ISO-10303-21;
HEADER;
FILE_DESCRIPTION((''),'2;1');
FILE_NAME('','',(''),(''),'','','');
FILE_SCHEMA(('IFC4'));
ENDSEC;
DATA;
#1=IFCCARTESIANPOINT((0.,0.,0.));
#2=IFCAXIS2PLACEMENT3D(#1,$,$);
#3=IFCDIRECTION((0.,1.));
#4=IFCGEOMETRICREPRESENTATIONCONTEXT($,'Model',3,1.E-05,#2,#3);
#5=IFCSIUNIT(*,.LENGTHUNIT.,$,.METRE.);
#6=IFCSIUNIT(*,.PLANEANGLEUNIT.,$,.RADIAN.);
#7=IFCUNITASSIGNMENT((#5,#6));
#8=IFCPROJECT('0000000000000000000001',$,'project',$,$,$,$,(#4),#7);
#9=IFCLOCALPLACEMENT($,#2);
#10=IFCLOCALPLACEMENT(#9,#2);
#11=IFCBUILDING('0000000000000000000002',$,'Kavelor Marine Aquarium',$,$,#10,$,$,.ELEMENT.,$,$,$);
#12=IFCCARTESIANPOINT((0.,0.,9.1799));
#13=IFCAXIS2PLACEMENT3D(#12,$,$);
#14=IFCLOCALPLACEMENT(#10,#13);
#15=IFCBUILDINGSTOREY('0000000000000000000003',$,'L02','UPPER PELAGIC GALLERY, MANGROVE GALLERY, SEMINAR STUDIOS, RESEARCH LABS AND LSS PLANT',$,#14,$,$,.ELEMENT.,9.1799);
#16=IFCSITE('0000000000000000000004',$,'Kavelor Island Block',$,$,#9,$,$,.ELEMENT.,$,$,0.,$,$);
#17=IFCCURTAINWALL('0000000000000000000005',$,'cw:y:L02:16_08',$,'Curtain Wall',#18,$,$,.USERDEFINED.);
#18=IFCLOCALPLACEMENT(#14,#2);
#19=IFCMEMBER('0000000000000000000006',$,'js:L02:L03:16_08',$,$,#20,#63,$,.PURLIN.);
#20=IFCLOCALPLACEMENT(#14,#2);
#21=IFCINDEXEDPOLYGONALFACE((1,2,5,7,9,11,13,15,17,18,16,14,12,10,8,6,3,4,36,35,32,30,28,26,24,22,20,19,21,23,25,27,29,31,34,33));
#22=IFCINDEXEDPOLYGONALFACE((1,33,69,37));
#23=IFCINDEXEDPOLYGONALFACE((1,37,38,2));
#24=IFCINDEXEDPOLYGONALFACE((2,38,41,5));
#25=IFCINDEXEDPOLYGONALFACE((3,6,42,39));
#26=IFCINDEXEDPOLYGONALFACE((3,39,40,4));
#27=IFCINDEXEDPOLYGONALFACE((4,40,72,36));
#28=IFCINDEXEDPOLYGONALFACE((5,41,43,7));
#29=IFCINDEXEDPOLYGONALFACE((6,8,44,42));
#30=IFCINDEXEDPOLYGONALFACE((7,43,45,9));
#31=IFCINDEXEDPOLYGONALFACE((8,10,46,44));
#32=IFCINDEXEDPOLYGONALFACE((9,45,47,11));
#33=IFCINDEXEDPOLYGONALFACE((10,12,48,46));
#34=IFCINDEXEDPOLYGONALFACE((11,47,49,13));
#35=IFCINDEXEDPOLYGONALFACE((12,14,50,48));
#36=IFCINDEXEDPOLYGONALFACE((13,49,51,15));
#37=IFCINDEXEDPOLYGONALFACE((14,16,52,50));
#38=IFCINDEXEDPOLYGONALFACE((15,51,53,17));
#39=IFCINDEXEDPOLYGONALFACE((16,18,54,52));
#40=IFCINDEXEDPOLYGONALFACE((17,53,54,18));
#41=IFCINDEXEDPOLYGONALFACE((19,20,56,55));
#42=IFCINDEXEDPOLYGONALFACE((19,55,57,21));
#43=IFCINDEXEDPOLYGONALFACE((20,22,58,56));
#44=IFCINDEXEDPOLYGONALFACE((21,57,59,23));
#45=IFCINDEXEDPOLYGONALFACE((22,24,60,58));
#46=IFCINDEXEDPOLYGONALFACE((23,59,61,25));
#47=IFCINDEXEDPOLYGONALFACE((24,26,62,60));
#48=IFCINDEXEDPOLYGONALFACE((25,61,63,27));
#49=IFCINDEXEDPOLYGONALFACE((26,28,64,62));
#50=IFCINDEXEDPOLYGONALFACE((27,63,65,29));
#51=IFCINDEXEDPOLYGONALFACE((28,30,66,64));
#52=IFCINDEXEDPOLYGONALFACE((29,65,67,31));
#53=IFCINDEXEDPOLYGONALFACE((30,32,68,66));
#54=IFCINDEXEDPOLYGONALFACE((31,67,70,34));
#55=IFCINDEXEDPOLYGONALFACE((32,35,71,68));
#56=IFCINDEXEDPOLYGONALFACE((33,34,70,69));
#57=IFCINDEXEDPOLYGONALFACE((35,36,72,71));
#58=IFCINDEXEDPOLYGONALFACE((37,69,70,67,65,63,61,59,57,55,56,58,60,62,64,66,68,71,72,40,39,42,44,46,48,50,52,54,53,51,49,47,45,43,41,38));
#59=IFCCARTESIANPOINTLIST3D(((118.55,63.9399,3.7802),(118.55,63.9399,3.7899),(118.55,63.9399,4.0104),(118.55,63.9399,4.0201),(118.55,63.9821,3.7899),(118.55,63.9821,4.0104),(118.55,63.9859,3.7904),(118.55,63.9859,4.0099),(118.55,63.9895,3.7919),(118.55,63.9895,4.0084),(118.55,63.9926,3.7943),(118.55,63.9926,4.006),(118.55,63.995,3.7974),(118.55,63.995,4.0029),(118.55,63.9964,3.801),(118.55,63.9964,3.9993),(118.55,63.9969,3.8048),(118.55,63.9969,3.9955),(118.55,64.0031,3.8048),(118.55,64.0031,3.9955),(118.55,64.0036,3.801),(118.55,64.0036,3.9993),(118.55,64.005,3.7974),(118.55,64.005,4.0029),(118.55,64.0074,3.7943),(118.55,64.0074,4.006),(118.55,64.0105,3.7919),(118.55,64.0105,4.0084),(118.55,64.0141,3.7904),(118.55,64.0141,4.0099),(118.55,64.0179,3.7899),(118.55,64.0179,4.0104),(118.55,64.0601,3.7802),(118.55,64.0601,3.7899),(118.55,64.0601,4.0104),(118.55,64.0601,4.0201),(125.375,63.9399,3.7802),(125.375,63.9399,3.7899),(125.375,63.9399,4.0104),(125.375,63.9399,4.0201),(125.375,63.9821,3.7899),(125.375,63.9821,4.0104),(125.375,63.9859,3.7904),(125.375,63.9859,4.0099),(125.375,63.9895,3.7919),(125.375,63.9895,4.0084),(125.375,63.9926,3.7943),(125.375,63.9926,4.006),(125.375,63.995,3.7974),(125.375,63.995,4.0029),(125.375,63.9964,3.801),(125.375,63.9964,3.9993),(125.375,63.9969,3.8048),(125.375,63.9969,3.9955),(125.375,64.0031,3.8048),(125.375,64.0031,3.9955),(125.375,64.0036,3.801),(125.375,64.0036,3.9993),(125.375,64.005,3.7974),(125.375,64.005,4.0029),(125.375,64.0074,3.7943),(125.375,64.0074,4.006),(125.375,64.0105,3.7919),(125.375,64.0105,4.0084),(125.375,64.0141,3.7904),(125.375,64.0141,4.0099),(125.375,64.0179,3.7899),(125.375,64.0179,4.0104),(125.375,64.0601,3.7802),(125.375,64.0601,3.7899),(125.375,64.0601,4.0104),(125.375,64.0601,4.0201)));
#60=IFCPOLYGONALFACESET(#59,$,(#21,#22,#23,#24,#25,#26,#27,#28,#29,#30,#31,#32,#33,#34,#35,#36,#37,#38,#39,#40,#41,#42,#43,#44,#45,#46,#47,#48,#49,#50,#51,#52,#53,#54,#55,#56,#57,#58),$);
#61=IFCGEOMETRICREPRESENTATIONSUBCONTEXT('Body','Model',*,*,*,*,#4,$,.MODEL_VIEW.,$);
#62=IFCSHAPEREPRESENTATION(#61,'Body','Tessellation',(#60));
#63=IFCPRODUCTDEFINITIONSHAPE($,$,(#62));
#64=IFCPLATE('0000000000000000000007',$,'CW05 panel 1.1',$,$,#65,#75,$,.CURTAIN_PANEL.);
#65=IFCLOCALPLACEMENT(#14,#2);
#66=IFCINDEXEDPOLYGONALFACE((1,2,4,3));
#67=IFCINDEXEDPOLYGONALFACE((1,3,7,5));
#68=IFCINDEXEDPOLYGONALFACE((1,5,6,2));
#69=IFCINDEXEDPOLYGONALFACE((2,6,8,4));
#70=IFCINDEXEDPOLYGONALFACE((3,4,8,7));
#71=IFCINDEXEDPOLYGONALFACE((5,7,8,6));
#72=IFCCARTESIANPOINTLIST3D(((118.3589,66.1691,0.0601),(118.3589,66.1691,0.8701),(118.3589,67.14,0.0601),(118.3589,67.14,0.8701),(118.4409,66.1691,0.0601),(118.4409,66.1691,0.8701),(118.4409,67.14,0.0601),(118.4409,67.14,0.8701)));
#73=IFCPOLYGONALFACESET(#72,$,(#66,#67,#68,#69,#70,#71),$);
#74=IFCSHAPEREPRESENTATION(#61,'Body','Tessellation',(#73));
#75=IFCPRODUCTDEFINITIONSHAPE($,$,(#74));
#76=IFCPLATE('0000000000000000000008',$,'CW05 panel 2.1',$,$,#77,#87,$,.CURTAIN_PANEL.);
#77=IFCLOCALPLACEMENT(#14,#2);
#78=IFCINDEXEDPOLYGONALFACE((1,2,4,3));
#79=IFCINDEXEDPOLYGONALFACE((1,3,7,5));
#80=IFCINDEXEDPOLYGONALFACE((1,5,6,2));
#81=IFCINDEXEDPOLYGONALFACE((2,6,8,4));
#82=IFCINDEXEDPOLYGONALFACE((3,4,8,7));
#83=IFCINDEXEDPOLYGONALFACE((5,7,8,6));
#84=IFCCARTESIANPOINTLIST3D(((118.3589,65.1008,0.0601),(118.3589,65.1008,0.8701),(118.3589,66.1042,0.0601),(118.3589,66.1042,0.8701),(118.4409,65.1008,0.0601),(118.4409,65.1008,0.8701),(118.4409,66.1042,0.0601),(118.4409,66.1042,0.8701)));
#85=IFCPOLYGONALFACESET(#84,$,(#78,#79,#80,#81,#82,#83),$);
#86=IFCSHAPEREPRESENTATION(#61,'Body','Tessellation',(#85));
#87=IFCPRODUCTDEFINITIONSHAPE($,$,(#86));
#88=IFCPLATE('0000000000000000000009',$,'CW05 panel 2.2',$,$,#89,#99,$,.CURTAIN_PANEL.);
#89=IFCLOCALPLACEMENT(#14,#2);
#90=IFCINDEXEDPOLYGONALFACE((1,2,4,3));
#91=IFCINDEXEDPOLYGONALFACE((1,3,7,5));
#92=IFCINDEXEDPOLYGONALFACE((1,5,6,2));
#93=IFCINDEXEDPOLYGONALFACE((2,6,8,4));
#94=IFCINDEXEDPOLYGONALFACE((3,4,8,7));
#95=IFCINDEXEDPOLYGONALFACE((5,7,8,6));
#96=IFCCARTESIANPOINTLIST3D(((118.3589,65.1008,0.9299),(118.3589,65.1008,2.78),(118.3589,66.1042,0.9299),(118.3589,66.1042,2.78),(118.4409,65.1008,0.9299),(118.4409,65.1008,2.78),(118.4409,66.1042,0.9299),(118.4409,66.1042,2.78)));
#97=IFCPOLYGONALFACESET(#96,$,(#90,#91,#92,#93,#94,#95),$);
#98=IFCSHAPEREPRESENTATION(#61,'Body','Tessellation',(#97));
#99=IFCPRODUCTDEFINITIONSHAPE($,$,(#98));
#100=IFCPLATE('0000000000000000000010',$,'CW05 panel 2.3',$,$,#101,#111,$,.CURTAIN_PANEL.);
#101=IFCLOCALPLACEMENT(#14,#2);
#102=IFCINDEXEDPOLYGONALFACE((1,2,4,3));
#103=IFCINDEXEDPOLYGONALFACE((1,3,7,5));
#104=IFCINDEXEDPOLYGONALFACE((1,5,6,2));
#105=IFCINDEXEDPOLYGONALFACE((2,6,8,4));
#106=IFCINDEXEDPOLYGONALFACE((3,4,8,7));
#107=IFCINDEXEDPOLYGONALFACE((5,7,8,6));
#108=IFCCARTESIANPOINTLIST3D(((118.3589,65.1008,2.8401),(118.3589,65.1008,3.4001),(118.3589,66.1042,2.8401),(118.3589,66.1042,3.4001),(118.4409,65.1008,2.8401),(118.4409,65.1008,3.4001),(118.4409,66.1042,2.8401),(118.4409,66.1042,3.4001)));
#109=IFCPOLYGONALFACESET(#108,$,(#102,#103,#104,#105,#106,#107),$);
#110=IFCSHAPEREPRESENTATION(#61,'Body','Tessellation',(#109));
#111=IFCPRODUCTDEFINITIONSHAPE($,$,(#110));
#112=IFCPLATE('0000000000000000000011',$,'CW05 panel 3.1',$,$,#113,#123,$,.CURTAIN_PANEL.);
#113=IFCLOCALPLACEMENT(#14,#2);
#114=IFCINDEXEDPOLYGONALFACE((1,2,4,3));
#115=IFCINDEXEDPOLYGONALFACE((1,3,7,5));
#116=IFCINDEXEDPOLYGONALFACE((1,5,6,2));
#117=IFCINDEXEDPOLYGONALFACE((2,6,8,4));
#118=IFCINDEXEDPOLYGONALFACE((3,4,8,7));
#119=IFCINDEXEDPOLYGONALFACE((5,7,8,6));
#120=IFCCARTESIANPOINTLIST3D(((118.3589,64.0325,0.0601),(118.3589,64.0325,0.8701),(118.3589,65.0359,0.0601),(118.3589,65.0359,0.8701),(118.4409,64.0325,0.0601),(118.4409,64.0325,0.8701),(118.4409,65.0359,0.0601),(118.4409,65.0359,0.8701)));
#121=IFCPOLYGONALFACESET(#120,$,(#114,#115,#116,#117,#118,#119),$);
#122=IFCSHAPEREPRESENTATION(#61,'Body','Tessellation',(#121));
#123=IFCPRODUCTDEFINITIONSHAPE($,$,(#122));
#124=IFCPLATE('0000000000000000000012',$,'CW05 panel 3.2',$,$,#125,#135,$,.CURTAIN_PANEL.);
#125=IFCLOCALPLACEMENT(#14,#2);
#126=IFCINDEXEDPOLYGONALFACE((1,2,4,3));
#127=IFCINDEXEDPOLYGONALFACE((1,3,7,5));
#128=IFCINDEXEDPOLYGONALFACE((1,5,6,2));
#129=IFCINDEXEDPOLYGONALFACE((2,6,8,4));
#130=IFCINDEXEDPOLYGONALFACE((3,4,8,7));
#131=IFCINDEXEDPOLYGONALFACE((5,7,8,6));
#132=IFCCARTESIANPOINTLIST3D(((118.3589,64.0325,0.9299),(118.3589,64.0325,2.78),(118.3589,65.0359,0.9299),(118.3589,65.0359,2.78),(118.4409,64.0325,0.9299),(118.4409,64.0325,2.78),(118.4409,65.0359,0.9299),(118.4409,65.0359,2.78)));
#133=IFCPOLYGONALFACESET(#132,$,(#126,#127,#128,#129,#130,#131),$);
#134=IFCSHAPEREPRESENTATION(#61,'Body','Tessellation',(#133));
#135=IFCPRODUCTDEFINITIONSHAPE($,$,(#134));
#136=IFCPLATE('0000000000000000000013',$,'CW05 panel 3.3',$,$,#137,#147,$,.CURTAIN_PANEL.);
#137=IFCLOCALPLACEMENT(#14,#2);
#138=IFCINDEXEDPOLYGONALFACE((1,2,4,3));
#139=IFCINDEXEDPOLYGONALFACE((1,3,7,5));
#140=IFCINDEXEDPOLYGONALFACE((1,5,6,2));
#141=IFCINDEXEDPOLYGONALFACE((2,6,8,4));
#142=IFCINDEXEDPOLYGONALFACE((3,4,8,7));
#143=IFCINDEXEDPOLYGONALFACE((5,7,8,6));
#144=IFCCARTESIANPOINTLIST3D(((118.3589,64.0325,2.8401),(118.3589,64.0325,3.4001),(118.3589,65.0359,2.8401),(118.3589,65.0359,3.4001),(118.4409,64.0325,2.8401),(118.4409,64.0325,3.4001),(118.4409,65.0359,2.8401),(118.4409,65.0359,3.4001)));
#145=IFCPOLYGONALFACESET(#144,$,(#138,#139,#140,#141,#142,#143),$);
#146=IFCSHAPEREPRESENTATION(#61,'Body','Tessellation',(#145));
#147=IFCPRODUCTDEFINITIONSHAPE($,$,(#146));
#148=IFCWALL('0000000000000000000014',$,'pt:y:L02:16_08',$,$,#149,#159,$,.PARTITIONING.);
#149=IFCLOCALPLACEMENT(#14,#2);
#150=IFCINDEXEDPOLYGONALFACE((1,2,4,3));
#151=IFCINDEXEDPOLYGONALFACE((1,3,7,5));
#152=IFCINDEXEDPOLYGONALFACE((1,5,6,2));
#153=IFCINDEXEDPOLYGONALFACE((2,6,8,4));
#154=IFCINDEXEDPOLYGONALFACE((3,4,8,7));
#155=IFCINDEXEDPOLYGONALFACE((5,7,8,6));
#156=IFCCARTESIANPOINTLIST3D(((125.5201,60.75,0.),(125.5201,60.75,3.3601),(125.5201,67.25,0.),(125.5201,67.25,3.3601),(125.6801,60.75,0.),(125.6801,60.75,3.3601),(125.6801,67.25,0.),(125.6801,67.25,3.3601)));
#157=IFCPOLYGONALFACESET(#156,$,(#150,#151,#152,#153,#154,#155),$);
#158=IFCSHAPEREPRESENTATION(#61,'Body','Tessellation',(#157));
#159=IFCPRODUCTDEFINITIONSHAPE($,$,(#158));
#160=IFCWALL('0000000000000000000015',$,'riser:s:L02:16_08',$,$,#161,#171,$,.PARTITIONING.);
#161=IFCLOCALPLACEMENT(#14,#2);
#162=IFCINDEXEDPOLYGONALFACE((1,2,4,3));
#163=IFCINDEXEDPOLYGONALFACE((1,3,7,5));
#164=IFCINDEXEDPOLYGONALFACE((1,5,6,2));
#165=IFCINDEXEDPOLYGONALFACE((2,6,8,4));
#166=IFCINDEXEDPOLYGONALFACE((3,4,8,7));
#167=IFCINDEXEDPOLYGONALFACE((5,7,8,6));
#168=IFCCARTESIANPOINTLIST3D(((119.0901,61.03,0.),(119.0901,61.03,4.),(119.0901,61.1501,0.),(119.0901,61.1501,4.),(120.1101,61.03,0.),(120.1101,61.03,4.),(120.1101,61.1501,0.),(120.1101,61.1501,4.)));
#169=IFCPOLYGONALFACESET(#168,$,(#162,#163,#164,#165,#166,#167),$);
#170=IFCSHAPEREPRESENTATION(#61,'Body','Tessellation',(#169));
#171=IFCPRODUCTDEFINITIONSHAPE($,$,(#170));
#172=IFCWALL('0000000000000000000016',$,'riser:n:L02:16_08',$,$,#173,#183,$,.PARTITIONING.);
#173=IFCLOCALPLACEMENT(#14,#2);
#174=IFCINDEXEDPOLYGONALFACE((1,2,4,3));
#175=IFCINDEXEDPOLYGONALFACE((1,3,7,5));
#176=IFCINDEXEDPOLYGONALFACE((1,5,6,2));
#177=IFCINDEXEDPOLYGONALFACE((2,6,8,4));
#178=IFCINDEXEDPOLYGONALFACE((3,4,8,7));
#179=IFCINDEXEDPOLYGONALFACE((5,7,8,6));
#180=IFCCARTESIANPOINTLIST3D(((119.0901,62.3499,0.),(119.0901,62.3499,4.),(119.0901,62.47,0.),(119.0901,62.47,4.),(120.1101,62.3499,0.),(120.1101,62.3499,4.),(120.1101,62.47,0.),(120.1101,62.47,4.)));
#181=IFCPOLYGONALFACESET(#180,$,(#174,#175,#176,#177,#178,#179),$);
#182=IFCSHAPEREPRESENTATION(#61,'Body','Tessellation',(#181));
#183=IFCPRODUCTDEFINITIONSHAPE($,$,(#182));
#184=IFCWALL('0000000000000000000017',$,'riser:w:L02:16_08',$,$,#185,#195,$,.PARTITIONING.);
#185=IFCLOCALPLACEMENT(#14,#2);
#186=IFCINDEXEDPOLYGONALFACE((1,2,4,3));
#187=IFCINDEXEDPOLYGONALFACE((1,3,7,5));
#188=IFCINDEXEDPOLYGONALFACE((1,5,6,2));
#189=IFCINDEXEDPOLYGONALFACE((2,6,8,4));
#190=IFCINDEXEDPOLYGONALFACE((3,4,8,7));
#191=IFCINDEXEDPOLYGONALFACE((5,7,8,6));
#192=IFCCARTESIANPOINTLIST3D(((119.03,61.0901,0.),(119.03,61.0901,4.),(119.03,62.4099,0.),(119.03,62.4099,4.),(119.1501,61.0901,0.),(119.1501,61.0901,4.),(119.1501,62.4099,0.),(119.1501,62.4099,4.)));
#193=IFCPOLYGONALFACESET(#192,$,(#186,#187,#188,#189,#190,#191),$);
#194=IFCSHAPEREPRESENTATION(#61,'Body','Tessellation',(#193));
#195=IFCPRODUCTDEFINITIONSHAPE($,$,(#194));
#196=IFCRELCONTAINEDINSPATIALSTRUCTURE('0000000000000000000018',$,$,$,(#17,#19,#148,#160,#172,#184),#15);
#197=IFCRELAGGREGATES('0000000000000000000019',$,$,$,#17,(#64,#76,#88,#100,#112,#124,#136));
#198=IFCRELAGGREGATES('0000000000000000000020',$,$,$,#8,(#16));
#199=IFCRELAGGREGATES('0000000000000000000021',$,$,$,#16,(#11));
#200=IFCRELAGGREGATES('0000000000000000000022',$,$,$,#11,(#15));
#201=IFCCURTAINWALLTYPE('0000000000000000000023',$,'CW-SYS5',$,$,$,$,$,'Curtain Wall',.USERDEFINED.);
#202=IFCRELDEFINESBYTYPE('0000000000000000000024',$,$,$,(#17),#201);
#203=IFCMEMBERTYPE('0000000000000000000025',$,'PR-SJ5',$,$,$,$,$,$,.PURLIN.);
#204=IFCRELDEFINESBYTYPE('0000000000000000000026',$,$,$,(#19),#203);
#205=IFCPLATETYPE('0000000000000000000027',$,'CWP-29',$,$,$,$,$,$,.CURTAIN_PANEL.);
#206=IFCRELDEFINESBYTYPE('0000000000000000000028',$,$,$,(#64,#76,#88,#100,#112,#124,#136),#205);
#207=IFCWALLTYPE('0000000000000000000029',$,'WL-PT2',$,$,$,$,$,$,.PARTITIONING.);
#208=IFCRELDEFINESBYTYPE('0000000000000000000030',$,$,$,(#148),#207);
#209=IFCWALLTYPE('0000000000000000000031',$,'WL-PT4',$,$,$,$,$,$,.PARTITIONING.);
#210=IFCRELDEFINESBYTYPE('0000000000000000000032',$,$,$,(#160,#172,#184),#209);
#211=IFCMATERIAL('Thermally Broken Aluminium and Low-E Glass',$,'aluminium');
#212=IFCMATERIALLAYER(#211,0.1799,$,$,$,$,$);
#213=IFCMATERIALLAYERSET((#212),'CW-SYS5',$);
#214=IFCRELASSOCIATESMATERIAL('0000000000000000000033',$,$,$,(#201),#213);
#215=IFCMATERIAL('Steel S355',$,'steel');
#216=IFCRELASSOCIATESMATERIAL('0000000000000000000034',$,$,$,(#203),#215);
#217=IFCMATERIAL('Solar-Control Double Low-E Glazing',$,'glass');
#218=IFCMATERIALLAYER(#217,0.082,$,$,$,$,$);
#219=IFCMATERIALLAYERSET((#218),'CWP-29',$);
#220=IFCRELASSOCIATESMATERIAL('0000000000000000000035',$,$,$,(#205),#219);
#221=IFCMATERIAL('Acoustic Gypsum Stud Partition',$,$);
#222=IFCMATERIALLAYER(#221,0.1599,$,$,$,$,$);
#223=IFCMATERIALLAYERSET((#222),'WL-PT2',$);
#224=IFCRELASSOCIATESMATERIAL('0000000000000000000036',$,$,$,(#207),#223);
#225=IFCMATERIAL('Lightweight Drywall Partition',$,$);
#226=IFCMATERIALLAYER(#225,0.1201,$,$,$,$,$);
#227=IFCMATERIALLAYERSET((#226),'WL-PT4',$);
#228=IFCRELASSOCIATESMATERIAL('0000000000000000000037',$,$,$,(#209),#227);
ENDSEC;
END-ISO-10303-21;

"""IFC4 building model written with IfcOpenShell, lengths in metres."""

from ifc_helpers import new_model, si_unit, direction, frame, frame_2d, origin, origin_2d, place, context, subcontext, project, spatial, rectangle, i_section, extrude, material, layer, layer_set, material_profile, profile_set, type_object, element, aggregate, save


model = new_model("IFC4")

# Units and contexts
model_context = context("Model", 3, precision=1e-05, world=origin(), true_north=direction((0.0, 1.0)))
body_context = subcontext(model_context, "Body", "Model", "MODEL_VIEW")
ifc_project = project(units=[si_unit("LENGTHUNIT", "METRE"), si_unit("PLANEANGLEUNIT", "RADIAN")], contexts=[model_context])

# Site, building, storey
site_placement = place(None, origin())
site = spatial("IfcSite", under=ifc_project, at=site_placement, Name="Kavelor Island Block", CompositionType="ELEMENT", RefElevation=0.0)
building_placement = place(site_placement, origin())
building = spatial("IfcBuilding", under=site, at=building_placement, Name="Kavelor Marine Aquarium", CompositionType="ELEMENT")
storey_placement = place(building_placement, frame((0.0, 0.0, 9.1799)))
storey = spatial("IfcBuildingStorey", under=building, at=storey_placement, Name="L02", Description="UPPER PELAGIC GALLERY, MANGROVE GALLERY, SEMINAR STUDIOS, RESEARCH LABS AND LSS PLANT", CompositionType="ELEMENT", Elevation=9.1799)

# Curtain wall
ifc_material_1 = material(Name="Thermally Broken Aluminium and Low-E Glass", Category="aluminium")
ifc_layer_1 = layer(ifc_material_1, 0.1799)
ifc_layer_set_1 = layer_set([ifc_layer_1], Name="CW-SYS5")
curtain_wall_type = type_object("IfcCurtainWallType", Name="CW-SYS5", ElementType="Curtain Wall", PredefinedType="USERDEFINED", material=ifc_layer_set_1)
curtain_wall_placement = place(storey_placement, origin())
curtain_wall = element("IfcCurtainWall", 1, at=curtain_wall_placement, inside=storey, type_object=curtain_wall_type, Name="cw:y:L02:16_08", ObjectType="Curtain Wall", PredefinedType="USERDEFINED")

# Member
ifc_material_2 = material(Name="Steel S355", Category="steel")
ifc_material_profile_1 = material_profile(ifc_material_2, i_section(OverallWidth=0.1201, OverallDepth=0.24, WebThickness=0.0061, FlangeThickness=0.0098, FilletRadius=0.0149, at=origin_2d()), Name="IPE 240")
ifc_profile_set_1 = profile_set([ifc_material_profile_1], Name="Steel S355")
member_type_1 = type_object("IfcMemberType", Name="PR-SJ5", PredefinedType="PURLIN", material=ifc_profile_set_1)
member_1_placement = place(storey_placement, frame((118.55, 64.0, 3.9001), z_axis=(1.0, 0.0, 0.0), x_axis=(0.0, 1.0, 0.0)))
element("IfcMember", 2, at=member_1_placement, inside=storey, type_object=member_type_1, Name="js:L02:L03:16_08", PredefinedType="PURLIN", context=body_context, shape_type="SweptSolid", body=[
    extrude(i_section(OverallWidth=0.1201, OverallDepth=0.24, WebThickness=0.0061, FlangeThickness=0.0098, FilletRadius=0.0149, at=origin_2d()), origin(), (0.0, 0.0, 1.0), 6.825),
])

# Plates
ifc_material_3 = material(Name="Solar-Control Double Low-E Glazing", Category="glass")
ifc_layer_2 = layer(ifc_material_3, 0.082)
ifc_layer_set_2 = layer_set([ifc_layer_2], Name="CWP-29")
plate_type = type_object("IfcPlateType", Name="CWP-29", PredefinedType="CURTAIN_PANEL", material=ifc_layer_set_2)
plate_1_placement = place(storey_placement, frame((118.3999, 66.6545, 0.0601), z_axis=(0.0, 0.0, 1.0), x_axis=(0.0, -1.0, 0.0)))
plate_1 = element("IfcPlate", 3, at=plate_1_placement, type_object=plate_type, Name="CW05 panel 1.1", PredefinedType="CURTAIN_PANEL", context=body_context, shape_type="SweptSolid", body=[
    extrude(rectangle(XDim=0.9709, YDim=0.082, at=origin_2d()), origin(), (0.0, 0.0, 1.0), 0.8101),
])
plate_2_placement = place(storey_placement, frame((118.3999, 65.6025, 0.0601), z_axis=(0.0, 0.0, 1.0), x_axis=(0.0, -1.0, 0.0)))
plate_2 = element("IfcPlate", 4, at=plate_2_placement, type_object=plate_type, Name="CW05 panel 2.1", PredefinedType="CURTAIN_PANEL", context=body_context, shape_type="SweptSolid", body=[
    extrude(rectangle(XDim=1.0034, YDim=0.082, at=origin_2d()), origin(), (0.0, 0.0, 1.0), 0.8101),
])
plate_3_placement = place(storey_placement, frame((118.3999, 65.6025, 0.9299), z_axis=(0.0, 0.0, 1.0), x_axis=(0.0, -1.0, 0.0)))
plate_3 = element("IfcPlate", 5, at=plate_3_placement, type_object=plate_type, Name="CW05 panel 2.2", PredefinedType="CURTAIN_PANEL", context=body_context, shape_type="SweptSolid", body=[
    extrude(rectangle(XDim=1.0034, YDim=0.082, at=origin_2d()), origin(), (0.0, 0.0, 1.0), 1.8501),
])
plate_4_placement = place(storey_placement, frame((118.3999, 65.6025, 2.8401), z_axis=(0.0, 0.0, 1.0), x_axis=(0.0, -1.0, 0.0)))
plate_4 = element("IfcPlate", 6, at=plate_4_placement, type_object=plate_type, Name="CW05 panel 2.3", PredefinedType="CURTAIN_PANEL", context=body_context, shape_type="SweptSolid", body=[
    extrude(rectangle(XDim=1.0034, YDim=0.082, at=origin_2d()), origin(), (0.0, 0.0, 1.0), 0.5601),
])
plate_5_placement = place(storey_placement, frame((118.3999, 64.5342, 0.0601), z_axis=(0.0, 0.0, 1.0), x_axis=(0.0, -1.0, 0.0)))
plate_5 = element("IfcPlate", 7, at=plate_5_placement, type_object=plate_type, Name="CW05 panel 3.1", PredefinedType="CURTAIN_PANEL", context=body_context, shape_type="SweptSolid", body=[
    extrude(rectangle(XDim=1.0034, YDim=0.082, at=origin_2d()), origin(), (0.0, 0.0, 1.0), 0.8101),
])
plate_6_placement = place(storey_placement, frame((118.3999, 64.5342, 0.9299), z_axis=(0.0, 0.0, 1.0), x_axis=(0.0, -1.0, 0.0)))
plate_6 = element("IfcPlate", 8, at=plate_6_placement, type_object=plate_type, Name="CW05 panel 3.2", PredefinedType="CURTAIN_PANEL", context=body_context, shape_type="SweptSolid", body=[
    extrude(rectangle(XDim=1.0034, YDim=0.082, at=origin_2d()), origin(), (0.0, 0.0, 1.0), 1.8501),
])
plate_7_placement = place(storey_placement, frame((118.3999, 64.5342, 2.8401), z_axis=(0.0, 0.0, 1.0), x_axis=(0.0, -1.0, 0.0)))
plate_7 = element("IfcPlate", 9, at=plate_7_placement, type_object=plate_type, Name="CW05 panel 3.3", PredefinedType="CURTAIN_PANEL", context=body_context, shape_type="SweptSolid", body=[
    extrude(rectangle(XDim=1.0034, YDim=0.082, at=origin_2d()), origin(), (0.0, 0.0, 1.0), 0.5601),
])
aggregate(curtain_wall, [plate_1, plate_2, plate_3, plate_4, plate_5, plate_6, plate_7])

# Walls
ifc_material_4 = material(Name="Acoustic Gypsum Stud Partition")
ifc_layer_3 = layer(ifc_material_4, 0.1599)
ifc_layer_set_3 = layer_set([ifc_layer_3], Name="WL-PT2")
wall_type_1 = type_object("IfcWallType", Name="WL-PT2", PredefinedType="PARTITIONING", material=ifc_layer_set_3)
wall_placement = place(storey_placement, frame((125.6001, 60.75, 0.0), z_axis=(0.0, 0.0, 1.0), x_axis=(0.0, 1.0, 0.0)))
element("IfcWall", 10, at=wall_placement, inside=storey, type_object=wall_type_1, Name="pt:y:L02:16_08", PredefinedType="PARTITIONING", context=body_context, shape_type="SweptSolid", body=[
    extrude(rectangle(XDim=6.5, YDim=0.1599, at=frame_2d((3.25, 0.0))), origin(), (0.0, 0.0, 1.0), 3.3601),
])
ifc_material_5 = material(Name="Lightweight Drywall Partition")
ifc_layer_4 = layer(ifc_material_5, 0.1201)
ifc_layer_set_4 = layer_set([ifc_layer_4], Name="WL-PT4")
wall_type_2 = type_object("IfcWallType", Name="WL-PT4", PredefinedType="PARTITIONING", material=ifc_layer_set_4)
for number, where, z_axis, x_axis, name in (
    (11, (119.0901, 61.0901, 0.0), (0.0, 0.0, 1.0), (1.0, 0.0, 0.0), "riser:s:L02:16_08"),
    (12, (119.0901, 62.4099, 0.0), (0.0, 0.0, 1.0), (1.0, 0.0, 0.0), "riser:n:L02:16_08"),
):
    element("IfcWall", number, at=place(storey_placement, frame(where, z_axis=z_axis, x_axis=x_axis)), inside=storey, type_object=wall_type_2, Name=name, PredefinedType="PARTITIONING", context=body_context, shape_type="SweptSolid", body=[
        extrude(rectangle(XDim=1.02, YDim=0.1201, at=frame_2d((0.51, 0.0))), origin(), (0.0, 0.0, 1.0), 4.0),
    ])
for number, where, z_axis, x_axis, name in (
    (13, (119.0901, 61.0901, 0.0), (0.0, 0.0, 1.0), (0.0, 1.0, 0.0), "riser:w:L02:16_08"),
):
    element("IfcWall", number, at=place(storey_placement, frame(where, z_axis=z_axis, x_axis=x_axis)), inside=storey, type_object=wall_type_2, Name=name, PredefinedType="PARTITIONING", context=body_context, shape_type="SweptSolid", body=[
        extrude(rectangle(XDim=1.3198, YDim=0.1201, at=frame_2d((0.6599, 0.0))), origin(), (0.0, 0.0, 1.0), 4.0),
    ])

save(model, "model.ifc")
